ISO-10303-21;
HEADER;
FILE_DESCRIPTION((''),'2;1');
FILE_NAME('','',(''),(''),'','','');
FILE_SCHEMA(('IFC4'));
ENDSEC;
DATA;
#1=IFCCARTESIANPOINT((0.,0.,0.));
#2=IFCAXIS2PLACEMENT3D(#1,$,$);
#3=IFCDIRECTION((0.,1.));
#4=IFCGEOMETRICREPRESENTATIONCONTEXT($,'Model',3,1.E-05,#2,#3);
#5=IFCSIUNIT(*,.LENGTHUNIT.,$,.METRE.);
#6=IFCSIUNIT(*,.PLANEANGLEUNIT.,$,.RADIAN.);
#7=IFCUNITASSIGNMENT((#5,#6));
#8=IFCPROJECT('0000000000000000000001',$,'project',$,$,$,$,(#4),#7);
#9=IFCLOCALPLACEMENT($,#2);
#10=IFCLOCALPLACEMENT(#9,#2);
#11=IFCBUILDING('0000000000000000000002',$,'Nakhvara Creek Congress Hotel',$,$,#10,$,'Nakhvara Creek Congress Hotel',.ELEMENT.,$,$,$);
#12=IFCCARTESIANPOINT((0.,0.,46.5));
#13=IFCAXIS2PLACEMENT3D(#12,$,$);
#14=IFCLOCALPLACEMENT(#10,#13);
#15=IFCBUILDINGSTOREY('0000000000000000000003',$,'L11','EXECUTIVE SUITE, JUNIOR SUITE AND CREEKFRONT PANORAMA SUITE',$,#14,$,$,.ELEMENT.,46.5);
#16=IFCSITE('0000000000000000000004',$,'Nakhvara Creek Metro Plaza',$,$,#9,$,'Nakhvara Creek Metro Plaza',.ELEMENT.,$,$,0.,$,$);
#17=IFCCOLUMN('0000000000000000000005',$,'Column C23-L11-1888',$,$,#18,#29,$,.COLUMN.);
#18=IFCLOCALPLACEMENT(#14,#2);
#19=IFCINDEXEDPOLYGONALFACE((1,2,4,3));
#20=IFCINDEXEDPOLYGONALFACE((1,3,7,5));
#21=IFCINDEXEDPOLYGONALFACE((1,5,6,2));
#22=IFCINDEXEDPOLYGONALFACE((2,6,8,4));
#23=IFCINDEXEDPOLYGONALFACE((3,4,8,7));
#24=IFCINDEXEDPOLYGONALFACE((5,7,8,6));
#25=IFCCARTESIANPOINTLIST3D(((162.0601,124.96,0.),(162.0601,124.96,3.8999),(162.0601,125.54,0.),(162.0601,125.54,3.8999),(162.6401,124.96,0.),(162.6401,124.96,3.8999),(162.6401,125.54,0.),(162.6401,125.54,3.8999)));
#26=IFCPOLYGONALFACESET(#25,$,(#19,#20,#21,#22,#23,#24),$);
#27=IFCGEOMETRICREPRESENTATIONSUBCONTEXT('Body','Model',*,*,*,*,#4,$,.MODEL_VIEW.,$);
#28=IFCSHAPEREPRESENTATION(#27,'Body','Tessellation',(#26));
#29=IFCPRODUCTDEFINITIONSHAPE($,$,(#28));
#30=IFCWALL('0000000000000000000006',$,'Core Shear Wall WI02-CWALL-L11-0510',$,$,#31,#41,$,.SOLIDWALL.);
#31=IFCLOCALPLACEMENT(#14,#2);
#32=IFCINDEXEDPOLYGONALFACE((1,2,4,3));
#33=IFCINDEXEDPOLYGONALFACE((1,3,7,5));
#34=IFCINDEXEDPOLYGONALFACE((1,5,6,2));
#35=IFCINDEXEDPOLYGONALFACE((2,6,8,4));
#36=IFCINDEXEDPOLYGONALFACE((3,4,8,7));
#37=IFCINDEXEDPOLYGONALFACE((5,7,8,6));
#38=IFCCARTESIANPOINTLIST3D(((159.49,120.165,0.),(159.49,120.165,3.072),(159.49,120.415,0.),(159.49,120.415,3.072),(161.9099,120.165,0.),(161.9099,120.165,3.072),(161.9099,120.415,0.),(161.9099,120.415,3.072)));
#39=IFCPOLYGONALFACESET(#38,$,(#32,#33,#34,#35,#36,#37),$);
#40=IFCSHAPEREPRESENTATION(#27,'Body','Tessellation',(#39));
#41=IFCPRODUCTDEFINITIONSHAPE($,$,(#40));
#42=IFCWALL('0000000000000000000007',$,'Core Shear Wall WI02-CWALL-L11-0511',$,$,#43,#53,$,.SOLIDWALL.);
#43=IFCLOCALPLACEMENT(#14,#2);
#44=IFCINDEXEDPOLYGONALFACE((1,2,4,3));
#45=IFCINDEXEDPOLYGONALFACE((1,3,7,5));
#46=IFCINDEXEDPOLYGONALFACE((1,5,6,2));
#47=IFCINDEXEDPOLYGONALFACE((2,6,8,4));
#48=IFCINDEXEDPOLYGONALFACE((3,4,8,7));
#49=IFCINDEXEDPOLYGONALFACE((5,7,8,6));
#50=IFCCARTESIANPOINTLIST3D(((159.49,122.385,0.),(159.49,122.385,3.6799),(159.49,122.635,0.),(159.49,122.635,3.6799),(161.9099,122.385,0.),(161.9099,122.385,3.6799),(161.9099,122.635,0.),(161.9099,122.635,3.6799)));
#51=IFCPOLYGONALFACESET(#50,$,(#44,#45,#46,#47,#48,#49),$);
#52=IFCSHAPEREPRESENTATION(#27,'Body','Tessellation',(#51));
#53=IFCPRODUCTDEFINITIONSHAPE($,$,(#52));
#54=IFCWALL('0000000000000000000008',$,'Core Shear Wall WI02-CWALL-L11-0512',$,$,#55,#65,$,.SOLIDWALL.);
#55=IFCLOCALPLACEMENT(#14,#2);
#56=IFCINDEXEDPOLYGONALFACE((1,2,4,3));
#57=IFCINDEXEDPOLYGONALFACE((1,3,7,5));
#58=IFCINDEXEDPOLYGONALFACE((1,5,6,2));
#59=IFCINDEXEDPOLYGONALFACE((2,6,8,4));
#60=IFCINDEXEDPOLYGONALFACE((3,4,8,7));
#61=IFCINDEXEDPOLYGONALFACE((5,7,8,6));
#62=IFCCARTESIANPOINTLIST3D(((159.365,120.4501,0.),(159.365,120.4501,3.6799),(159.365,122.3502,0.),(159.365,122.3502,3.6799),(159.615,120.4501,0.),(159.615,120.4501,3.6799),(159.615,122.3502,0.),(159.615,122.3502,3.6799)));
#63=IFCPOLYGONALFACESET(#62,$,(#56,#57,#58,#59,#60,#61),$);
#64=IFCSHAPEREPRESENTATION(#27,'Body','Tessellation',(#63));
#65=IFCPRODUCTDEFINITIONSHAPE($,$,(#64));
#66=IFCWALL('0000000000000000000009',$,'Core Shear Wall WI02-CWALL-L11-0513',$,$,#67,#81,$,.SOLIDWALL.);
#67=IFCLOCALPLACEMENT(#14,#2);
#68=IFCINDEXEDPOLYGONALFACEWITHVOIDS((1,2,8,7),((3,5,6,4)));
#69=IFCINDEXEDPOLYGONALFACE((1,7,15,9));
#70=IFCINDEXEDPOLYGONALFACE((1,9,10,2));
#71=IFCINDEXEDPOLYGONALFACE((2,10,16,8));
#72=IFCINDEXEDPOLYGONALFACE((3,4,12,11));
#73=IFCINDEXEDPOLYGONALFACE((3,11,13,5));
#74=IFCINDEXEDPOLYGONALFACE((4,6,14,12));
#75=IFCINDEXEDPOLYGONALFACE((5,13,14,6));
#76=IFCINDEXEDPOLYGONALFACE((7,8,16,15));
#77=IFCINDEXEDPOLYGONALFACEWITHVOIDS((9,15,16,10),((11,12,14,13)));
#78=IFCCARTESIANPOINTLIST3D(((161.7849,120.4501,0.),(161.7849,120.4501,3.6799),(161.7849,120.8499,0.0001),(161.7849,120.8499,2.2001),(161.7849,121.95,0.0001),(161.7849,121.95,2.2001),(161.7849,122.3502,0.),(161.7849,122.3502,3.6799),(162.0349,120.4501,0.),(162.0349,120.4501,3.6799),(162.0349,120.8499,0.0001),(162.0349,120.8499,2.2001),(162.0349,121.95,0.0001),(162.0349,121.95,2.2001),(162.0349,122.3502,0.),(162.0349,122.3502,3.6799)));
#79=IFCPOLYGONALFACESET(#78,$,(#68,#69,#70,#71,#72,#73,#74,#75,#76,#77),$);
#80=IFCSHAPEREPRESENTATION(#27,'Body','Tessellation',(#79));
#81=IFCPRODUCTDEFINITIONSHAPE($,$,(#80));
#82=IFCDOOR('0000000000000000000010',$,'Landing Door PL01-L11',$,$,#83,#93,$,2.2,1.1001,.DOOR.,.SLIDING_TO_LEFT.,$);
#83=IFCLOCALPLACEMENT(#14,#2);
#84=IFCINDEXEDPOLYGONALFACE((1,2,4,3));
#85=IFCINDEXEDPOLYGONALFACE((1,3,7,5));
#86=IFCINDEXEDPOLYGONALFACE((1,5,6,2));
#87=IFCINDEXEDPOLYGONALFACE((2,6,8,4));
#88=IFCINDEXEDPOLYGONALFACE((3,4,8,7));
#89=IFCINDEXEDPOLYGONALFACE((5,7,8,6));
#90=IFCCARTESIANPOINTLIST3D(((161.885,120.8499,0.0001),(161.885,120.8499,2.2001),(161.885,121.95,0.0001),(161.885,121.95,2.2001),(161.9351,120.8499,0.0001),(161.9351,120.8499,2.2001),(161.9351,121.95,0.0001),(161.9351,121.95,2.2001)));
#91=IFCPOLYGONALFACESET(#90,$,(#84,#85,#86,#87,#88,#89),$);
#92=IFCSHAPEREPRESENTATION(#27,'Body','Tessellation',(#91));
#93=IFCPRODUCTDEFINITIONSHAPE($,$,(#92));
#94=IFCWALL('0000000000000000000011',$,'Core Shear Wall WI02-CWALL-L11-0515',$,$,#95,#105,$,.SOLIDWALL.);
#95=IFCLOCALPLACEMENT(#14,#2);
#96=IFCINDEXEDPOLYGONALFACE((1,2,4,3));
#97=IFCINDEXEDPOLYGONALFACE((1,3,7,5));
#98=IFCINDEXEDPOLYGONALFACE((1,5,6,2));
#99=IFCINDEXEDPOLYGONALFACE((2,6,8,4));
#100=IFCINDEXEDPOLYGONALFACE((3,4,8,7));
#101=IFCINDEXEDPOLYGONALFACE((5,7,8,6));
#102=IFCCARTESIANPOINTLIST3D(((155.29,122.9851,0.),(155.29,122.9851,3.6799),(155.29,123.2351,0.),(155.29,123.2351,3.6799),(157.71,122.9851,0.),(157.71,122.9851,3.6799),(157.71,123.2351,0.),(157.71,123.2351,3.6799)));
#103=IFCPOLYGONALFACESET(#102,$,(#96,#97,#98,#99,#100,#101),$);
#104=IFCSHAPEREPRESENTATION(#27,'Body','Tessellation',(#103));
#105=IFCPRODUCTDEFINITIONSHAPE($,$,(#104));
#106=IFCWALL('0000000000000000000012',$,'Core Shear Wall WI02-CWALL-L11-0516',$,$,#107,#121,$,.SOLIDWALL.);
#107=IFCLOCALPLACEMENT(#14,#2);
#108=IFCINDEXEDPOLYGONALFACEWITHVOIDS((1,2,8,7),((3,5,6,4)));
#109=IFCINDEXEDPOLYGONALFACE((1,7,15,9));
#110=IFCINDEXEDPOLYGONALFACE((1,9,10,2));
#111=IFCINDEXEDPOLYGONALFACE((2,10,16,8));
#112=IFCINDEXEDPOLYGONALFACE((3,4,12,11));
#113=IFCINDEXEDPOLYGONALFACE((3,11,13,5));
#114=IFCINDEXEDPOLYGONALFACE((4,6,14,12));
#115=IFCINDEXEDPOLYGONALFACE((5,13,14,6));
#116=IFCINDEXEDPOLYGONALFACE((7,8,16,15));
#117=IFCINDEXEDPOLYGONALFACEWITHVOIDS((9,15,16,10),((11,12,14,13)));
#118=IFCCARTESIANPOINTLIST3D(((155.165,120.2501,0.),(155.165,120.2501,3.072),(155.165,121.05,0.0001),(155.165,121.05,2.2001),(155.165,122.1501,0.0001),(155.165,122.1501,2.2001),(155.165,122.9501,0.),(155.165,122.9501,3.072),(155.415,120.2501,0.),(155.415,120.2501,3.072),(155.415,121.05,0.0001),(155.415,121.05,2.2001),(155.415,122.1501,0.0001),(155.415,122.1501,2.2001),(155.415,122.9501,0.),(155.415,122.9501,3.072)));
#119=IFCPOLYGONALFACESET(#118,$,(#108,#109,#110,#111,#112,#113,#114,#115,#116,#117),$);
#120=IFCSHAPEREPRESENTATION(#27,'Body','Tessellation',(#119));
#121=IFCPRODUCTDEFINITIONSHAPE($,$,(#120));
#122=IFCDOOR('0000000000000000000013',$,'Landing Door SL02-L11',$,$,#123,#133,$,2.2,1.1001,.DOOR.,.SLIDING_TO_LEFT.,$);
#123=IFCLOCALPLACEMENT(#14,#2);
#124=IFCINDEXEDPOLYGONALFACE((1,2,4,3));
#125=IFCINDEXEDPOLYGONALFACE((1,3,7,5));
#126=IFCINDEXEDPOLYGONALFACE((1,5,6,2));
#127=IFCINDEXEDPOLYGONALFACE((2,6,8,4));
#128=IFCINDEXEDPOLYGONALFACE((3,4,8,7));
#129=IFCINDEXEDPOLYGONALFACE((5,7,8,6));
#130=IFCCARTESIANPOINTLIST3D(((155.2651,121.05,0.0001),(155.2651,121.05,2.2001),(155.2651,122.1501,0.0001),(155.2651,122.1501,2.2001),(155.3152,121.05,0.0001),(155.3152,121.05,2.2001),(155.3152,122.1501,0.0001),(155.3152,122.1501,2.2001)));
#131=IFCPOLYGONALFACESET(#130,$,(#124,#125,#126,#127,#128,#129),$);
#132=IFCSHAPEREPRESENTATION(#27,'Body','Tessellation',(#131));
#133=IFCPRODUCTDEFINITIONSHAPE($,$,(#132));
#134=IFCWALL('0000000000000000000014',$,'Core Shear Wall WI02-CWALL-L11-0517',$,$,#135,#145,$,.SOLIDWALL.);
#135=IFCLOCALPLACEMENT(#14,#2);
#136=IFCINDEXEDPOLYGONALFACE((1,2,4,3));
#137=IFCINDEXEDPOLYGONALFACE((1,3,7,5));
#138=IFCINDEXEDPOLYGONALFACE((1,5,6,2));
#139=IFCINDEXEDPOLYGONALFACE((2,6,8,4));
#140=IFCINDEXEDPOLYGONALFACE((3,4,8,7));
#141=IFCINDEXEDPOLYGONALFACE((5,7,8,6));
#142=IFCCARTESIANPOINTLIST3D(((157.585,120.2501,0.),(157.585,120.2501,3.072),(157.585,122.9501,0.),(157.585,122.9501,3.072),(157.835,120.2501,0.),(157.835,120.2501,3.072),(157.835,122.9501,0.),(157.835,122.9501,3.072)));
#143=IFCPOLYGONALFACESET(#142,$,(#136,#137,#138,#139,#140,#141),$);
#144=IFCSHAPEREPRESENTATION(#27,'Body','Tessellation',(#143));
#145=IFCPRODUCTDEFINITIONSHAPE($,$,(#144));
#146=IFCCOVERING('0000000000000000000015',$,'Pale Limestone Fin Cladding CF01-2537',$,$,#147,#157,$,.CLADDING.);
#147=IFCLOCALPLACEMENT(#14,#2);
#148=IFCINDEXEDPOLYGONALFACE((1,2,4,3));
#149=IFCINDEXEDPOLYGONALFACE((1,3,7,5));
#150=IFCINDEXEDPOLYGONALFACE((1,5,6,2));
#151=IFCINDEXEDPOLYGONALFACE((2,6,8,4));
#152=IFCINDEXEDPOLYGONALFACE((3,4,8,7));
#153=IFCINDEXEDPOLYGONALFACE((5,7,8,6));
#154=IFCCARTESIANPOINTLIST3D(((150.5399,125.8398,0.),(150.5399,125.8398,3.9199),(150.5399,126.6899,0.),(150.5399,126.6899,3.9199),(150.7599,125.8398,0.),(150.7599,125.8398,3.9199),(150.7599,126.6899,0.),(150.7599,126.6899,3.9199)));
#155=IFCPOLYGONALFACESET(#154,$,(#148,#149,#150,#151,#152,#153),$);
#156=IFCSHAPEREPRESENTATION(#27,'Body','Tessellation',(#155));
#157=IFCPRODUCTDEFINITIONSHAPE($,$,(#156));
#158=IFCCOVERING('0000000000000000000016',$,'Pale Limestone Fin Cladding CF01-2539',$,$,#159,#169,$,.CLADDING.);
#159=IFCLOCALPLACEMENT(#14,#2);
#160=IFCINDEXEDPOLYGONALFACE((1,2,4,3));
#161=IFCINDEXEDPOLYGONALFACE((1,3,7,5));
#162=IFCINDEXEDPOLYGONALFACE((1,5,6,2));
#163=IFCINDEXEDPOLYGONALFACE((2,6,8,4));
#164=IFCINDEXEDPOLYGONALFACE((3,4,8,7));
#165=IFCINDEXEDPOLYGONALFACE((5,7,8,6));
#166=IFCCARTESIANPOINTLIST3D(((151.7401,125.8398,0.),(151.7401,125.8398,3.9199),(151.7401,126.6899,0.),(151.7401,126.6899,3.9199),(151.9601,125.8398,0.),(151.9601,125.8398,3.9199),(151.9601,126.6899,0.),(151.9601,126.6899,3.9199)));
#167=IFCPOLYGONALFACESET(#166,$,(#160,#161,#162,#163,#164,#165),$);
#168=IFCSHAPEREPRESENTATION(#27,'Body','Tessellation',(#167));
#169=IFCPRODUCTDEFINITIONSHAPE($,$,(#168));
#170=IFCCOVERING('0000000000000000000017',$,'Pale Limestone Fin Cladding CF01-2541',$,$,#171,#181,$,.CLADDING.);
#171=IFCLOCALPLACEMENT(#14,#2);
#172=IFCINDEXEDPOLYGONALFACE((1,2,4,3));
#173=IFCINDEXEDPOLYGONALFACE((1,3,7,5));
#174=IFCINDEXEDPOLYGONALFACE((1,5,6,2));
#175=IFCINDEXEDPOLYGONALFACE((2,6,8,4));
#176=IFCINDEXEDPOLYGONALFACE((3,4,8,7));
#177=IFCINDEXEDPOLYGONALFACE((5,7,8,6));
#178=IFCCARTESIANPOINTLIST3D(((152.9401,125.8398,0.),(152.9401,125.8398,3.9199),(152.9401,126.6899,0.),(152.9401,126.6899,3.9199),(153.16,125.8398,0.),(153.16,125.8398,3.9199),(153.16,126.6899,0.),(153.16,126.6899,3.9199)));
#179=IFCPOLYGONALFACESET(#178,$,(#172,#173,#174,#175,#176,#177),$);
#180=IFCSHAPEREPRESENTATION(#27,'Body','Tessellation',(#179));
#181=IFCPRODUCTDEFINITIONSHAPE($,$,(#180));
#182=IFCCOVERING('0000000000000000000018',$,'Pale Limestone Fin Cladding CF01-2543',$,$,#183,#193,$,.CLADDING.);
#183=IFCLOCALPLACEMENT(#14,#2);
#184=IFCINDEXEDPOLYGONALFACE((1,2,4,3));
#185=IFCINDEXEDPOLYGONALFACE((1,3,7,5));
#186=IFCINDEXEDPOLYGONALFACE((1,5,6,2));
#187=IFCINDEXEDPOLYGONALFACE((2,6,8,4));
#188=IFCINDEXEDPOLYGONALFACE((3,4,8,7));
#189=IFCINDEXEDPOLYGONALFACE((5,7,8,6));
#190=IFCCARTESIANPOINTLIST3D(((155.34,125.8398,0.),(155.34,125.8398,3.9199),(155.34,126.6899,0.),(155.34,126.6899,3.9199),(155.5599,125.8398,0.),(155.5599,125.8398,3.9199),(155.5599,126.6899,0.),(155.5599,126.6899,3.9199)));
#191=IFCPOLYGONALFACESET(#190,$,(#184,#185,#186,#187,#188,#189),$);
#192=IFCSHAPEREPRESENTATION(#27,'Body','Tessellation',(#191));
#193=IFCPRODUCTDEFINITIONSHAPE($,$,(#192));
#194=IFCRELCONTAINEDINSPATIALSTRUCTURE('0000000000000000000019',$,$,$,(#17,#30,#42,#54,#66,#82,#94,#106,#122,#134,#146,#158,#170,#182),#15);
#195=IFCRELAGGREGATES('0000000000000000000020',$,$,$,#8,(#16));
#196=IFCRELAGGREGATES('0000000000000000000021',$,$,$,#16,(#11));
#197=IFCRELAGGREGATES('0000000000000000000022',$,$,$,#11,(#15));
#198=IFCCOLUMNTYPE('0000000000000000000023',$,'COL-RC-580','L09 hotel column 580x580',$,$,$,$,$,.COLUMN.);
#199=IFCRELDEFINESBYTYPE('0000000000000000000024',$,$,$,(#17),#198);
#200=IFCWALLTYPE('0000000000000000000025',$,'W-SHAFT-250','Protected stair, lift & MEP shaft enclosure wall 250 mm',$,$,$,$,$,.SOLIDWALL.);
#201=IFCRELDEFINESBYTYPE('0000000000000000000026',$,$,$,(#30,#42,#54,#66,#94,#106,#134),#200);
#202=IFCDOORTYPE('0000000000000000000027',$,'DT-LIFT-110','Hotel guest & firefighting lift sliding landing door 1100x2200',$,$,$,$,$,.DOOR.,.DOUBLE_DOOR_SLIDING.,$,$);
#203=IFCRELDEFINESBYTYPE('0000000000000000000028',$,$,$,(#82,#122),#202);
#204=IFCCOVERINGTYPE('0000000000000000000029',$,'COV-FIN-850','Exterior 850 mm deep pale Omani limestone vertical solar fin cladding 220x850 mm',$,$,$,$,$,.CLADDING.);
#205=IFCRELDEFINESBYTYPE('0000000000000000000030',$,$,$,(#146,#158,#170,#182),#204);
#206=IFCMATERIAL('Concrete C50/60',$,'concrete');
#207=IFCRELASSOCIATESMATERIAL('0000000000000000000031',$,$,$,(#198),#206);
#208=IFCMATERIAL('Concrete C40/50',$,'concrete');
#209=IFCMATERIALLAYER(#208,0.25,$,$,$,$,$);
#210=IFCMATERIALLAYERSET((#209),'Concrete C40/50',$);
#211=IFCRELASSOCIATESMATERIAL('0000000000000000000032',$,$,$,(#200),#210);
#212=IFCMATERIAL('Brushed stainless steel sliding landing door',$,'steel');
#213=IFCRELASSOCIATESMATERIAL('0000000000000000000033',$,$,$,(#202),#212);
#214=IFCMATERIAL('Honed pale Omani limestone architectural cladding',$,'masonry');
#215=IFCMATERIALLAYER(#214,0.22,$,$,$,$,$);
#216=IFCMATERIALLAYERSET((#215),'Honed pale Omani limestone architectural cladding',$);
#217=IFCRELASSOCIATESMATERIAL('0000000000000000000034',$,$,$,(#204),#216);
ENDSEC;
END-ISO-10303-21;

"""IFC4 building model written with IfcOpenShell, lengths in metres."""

from ifc_helpers import new_model, si_unit, direction, frame, frame_2d, origin, origin_2d, place, context, subcontext, project, spatial, rectangle, extrude, material, layer, layer_set, material_profile, profile_set, type_object, element, fill, save


model = new_model("IFC4")

# Units and contexts
model_context = context("Model", 3, precision=1e-05, world=origin(), true_north=direction((0.0, 1.0)))
body_context = subcontext(model_context, "Body", "Model", "MODEL_VIEW")
ifc_project = project(units=[si_unit("LENGTHUNIT", "METRE"), si_unit("PLANEANGLEUNIT", "RADIAN")], contexts=[model_context])

# Site, building, storey
site_placement = place(None, origin())
site = spatial("IfcSite", under=ifc_project, at=site_placement, Name="Nakhvara Creek Metro Plaza", LongName="Nakhvara Creek Metro Plaza", CompositionType="ELEMENT", RefElevation=0.0)
building_placement = place(site_placement, origin())
building = spatial("IfcBuilding", under=site, at=building_placement, Name="Nakhvara Creek Congress Hotel", LongName="Nakhvara Creek Congress Hotel", CompositionType="ELEMENT")
storey_placement = place(building_placement, frame((0.0, 0.0, 46.5)))
storey = spatial("IfcBuildingStorey", under=building, at=storey_placement, Name="L11", Description="EXECUTIVE SUITE, JUNIOR SUITE AND CREEKFRONT PANORAMA SUITE", CompositionType="ELEMENT", Elevation=46.5)

# Column
ifc_material_1 = material(Name="Concrete C50/60", Category="concrete")
ifc_material_profile = material_profile(ifc_material_1, rectangle(XDim=0.5801, YDim=0.5801, at=origin_2d()), Name="RC-COL 580x580", Category="LoadBearing")
ifc_profile_set = profile_set([ifc_material_profile], Name="Concrete C50/60")
column_type = type_object("IfcColumnType", Name="COL-RC-580", Description="L09 hotel column 580x580", PredefinedType="COLUMN", material=ifc_profile_set)
column_placement = place(storey_placement, frame((162.3501, 125.25, 0.0), z_axis=(0.0, 0.0, 1.0), x_axis=(1.0, 0.0, 0.0)))
element("IfcColumn", 1, at=column_placement, inside=storey, type_object=column_type, Name="Column C23-L11-1888", PredefinedType="COLUMN", context=body_context, shape_type="SweptSolid", body=[
    extrude(rectangle(XDim=0.5801, YDim=0.5801, at=origin_2d()), origin(), (0.0, 0.0, 1.0), 3.8999),
])

# Walls
ifc_material_2 = material(Name="Concrete C40/50", Category="concrete")
ifc_layer_1 = layer(ifc_material_2, 0.25)
ifc_layer_set_1 = layer_set([ifc_layer_1], Name="Concrete C40/50")
wall_type = type_object("IfcWallType", Name="W-SHAFT-250", Description="Protected stair, lift & MEP shaft enclosure wall 250 mm", PredefinedType="SOLIDWALL", material=ifc_layer_set_1)
wall_1_placement = place(storey_placement, frame((159.49, 120.29, 0.0), z_axis=(0.0, 0.0, 1.0), x_axis=(1.0, 0.0, 0.0)))
element("IfcWall", 2, at=wall_1_placement, inside=storey, type_object=wall_type, Name="Core Shear Wall WI02-CWALL-L11-0510", PredefinedType="SOLIDWALL", context=body_context, shape_type="SweptSolid", body=[
    extrude(rectangle(XDim=2.4199, YDim=0.25, at=frame_2d((1.21, 0.0))), origin(), (0.0, 0.0, 1.0), 3.072),
])
wall_2_placement = place(storey_placement, frame((159.49, 122.51, 0.0), z_axis=(0.0, 0.0, 1.0), x_axis=(1.0, 0.0, 0.0)))
element("IfcWall", 3, at=wall_2_placement, inside=storey, type_object=wall_type, Name="Core Shear Wall WI02-CWALL-L11-0511", PredefinedType="SOLIDWALL", context=body_context, shape_type="SweptSolid", body=[
    extrude(rectangle(XDim=2.4199, YDim=0.25, at=frame_2d((1.21, 0.0))), origin(), (0.0, 0.0, 1.0), 3.6799),
])
wall_3_placement = place(storey_placement, frame((159.49, 120.45, 0.0), z_axis=(0.0, 0.0, 1.0), x_axis=(0.0, 1.0, 0.0)))
element("IfcWall", 4, at=wall_3_placement, inside=storey, type_object=wall_type, Name="Core Shear Wall WI02-CWALL-L11-0512", PredefinedType="SOLIDWALL", context=body_context, shape_type="SweptSolid", body=[
    extrude(rectangle(XDim=1.9001, YDim=0.25, at=frame_2d((0.9502, 0.0))), origin(), (0.0, 0.0, 1.0), 3.6799),
])

# Wall, opening, door
wall_4_placement = place(storey_placement, frame((161.9099, 120.45, 0.0), z_axis=(0.0, 0.0, 1.0), x_axis=(0.0, 1.0, 0.0)))
wall_4 = element("IfcWall", 5, at=wall_4_placement, inside=storey, type_object=wall_type, Name="Core Shear Wall WI02-CWALL-L11-0513", PredefinedType="SOLIDWALL", context=body_context, shape_type="SweptSolid", body=[
    extrude(rectangle(XDim=1.9001, YDim=0.25, at=frame_2d((0.9502, 0.0))), origin(), (0.0, 0.0, 1.0), 3.6799),
])
opening_1_placement = place(wall_4_placement, frame((0.3999, 0.0, 0.0)))
opening_1 = element("IfcOpeningElement", 6, at=opening_1_placement, cuts=wall_4, PredefinedType="OPENING", context=body_context, shape_type="SweptSolid", body=[
    extrude(rectangle(XDim=1.1001, YDim=2.2, at=frame_2d((0.55, 1.1001))), frame((0.0, 0.137, 0.0), z_axis=(0.0, -1.0, 0.0), x_axis=(1.0, 0.0, 0.0)), (0.0, 0.0, 1.0), 0.2739),
])
ifc_material_3 = material(Name="Brushed stainless steel sliding landing door", Category="steel")
door_type = type_object("IfcDoorType", Name="DT-LIFT-110", Description="Hotel guest & firefighting lift sliding landing door 1100x2200", OperationType="DOUBLE_DOOR_SLIDING", PredefinedType="DOOR", material=ifc_material_3)
door_1_placement = place(opening_1_placement, origin())
door_1 = element("IfcDoor", 7, at=door_1_placement, inside=storey, type_object=door_type, Name="Landing Door PL01-L11", OperationType="SLIDING_TO_LEFT", OverallHeight=2.2, OverallWidth=1.1001, PredefinedType="DOOR", context=body_context, shape_type="SweptSolid", body=[
    extrude(rectangle(XDim=1.1001, YDim=2.2, at=frame_2d((0.55, 1.1001))), frame((0.0, 0.0249, 0.0), z_axis=(0.0, -1.0, 0.0), x_axis=(1.0, 0.0, 0.0)), (0.0, 0.0, 1.0), 0.05),
])
fill(opening_1, door_1)

# Wall
wall_5_placement = place(storey_placement, frame((155.29, 123.1101, 0.0), z_axis=(0.0, 0.0, 1.0), x_axis=(1.0, 0.0, 0.0)))
element("IfcWall", 8, at=wall_5_placement, inside=storey, type_object=wall_type, Name="Core Shear Wall WI02-CWALL-L11-0515", PredefinedType="SOLIDWALL", context=body_context, shape_type="SweptSolid", body=[
    extrude(rectangle(XDim=2.4199, YDim=0.25, at=frame_2d((1.21, 0.0))), origin(), (0.0, 0.0, 1.0), 3.6799),
])

# Wall, opening, door
wall_6_placement = place(storey_placement, frame((155.29, 120.25, 0.0), z_axis=(0.0, 0.0, 1.0), x_axis=(0.0, 1.0, 0.0)))
wall_6 = element("IfcWall", 9, at=wall_6_placement, inside=storey, type_object=wall_type, Name="Core Shear Wall WI02-CWALL-L11-0516", PredefinedType="SOLIDWALL", context=body_context, shape_type="SweptSolid", body=[
    extrude(rectangle(XDim=2.7, YDim=0.25, at=frame_2d((1.3501, 0.0))), origin(), (0.0, 0.0, 1.0), 3.072),
])
opening_2_placement = place(wall_6_placement, frame((0.8, 0.0, 0.0)))
opening_2 = element("IfcOpeningElement", 10, at=opening_2_placement, cuts=wall_6, PredefinedType="OPENING", context=body_context, shape_type="SweptSolid", body=[
    extrude(rectangle(XDim=1.1001, YDim=2.2, at=frame_2d((0.55, 1.1001))), frame((0.0, 0.137, 0.0), z_axis=(0.0, -1.0, 0.0), x_axis=(1.0, 0.0, 0.0)), (0.0, 0.0, 1.0), 0.2739),
])
door_2_placement = place(opening_2_placement, origin())
door_2 = element("IfcDoor", 11, at=door_2_placement, inside=storey, type_object=door_type, Name="Landing Door SL02-L11", OperationType="SLIDING_TO_LEFT", OverallHeight=2.2, OverallWidth=1.1001, PredefinedType="DOOR", context=body_context, shape_type="SweptSolid", body=[
    extrude(rectangle(XDim=1.1001, YDim=2.2, at=frame_2d((0.55, 1.1001))), frame((0.0, 0.0249, 0.0), z_axis=(0.0, -1.0, 0.0), x_axis=(1.0, 0.0, 0.0)), (0.0, 0.0, 1.0), 0.05),
])
fill(opening_2, door_2)

# Wall
wall_7_placement = place(storey_placement, frame((157.71, 120.25, 0.0), z_axis=(0.0, 0.0, 1.0), x_axis=(0.0, 1.0, 0.0)))
element("IfcWall", 12, at=wall_7_placement, inside=storey, type_object=wall_type, Name="Core Shear Wall WI02-CWALL-L11-0517", PredefinedType="SOLIDWALL", context=body_context, shape_type="SweptSolid", body=[
    extrude(rectangle(XDim=2.7, YDim=0.25, at=frame_2d((1.3501, 0.0))), origin(), (0.0, 0.0, 1.0), 3.072),
])

# Coverings
ifc_material_4 = material(Name="Honed pale Omani limestone architectural cladding", Category="masonry")
ifc_layer_2 = layer(ifc_material_4, 0.22)
ifc_layer_set_2 = layer_set([ifc_layer_2], Name="Honed pale Omani limestone architectural cladding")
covering_type = type_object("IfcCoveringType", Name="COV-FIN-850", Description="Exterior 850 mm deep pale Omani limestone vertical solar fin cladding 220x850 mm", PredefinedType="CLADDING", material=ifc_layer_set_2)
for number, where, z_axis, x_axis, name in (
    (13, (150.6499, 126.2649, 0.0), (0.0, 0.0, 1.0), (1.0, 0.0, 0.0), "Pale Limestone Fin Cladding CF01-2537"),
    (14, (151.8501, 126.2649, 0.0), (0.0, 0.0, 1.0), (1.0, 0.0, 0.0), "Pale Limestone Fin Cladding CF01-2539"),
    (15, (153.05, 126.2649, 0.0), (0.0, 0.0, 1.0), (1.0, 0.0, 0.0), "Pale Limestone Fin Cladding CF01-2541"),
    (16, (155.45, 126.2649, 0.0), (0.0, 0.0, 1.0), (1.0, 0.0, 0.0), "Pale Limestone Fin Cladding CF01-2543"),
):
    element("IfcCovering", number, at=place(storey_placement, frame(where, z_axis=z_axis, x_axis=x_axis)), inside=storey, type_object=covering_type, Name=name, PredefinedType="CLADDING", context=body_context, shape_type="SweptSolid", body=[
        extrude(rectangle(XDim=0.22, YDim=0.8501, at=origin_2d()), origin(), (0.0, 0.0, 1.0), 3.9199),
    ])

save(model, "model.ifc")
